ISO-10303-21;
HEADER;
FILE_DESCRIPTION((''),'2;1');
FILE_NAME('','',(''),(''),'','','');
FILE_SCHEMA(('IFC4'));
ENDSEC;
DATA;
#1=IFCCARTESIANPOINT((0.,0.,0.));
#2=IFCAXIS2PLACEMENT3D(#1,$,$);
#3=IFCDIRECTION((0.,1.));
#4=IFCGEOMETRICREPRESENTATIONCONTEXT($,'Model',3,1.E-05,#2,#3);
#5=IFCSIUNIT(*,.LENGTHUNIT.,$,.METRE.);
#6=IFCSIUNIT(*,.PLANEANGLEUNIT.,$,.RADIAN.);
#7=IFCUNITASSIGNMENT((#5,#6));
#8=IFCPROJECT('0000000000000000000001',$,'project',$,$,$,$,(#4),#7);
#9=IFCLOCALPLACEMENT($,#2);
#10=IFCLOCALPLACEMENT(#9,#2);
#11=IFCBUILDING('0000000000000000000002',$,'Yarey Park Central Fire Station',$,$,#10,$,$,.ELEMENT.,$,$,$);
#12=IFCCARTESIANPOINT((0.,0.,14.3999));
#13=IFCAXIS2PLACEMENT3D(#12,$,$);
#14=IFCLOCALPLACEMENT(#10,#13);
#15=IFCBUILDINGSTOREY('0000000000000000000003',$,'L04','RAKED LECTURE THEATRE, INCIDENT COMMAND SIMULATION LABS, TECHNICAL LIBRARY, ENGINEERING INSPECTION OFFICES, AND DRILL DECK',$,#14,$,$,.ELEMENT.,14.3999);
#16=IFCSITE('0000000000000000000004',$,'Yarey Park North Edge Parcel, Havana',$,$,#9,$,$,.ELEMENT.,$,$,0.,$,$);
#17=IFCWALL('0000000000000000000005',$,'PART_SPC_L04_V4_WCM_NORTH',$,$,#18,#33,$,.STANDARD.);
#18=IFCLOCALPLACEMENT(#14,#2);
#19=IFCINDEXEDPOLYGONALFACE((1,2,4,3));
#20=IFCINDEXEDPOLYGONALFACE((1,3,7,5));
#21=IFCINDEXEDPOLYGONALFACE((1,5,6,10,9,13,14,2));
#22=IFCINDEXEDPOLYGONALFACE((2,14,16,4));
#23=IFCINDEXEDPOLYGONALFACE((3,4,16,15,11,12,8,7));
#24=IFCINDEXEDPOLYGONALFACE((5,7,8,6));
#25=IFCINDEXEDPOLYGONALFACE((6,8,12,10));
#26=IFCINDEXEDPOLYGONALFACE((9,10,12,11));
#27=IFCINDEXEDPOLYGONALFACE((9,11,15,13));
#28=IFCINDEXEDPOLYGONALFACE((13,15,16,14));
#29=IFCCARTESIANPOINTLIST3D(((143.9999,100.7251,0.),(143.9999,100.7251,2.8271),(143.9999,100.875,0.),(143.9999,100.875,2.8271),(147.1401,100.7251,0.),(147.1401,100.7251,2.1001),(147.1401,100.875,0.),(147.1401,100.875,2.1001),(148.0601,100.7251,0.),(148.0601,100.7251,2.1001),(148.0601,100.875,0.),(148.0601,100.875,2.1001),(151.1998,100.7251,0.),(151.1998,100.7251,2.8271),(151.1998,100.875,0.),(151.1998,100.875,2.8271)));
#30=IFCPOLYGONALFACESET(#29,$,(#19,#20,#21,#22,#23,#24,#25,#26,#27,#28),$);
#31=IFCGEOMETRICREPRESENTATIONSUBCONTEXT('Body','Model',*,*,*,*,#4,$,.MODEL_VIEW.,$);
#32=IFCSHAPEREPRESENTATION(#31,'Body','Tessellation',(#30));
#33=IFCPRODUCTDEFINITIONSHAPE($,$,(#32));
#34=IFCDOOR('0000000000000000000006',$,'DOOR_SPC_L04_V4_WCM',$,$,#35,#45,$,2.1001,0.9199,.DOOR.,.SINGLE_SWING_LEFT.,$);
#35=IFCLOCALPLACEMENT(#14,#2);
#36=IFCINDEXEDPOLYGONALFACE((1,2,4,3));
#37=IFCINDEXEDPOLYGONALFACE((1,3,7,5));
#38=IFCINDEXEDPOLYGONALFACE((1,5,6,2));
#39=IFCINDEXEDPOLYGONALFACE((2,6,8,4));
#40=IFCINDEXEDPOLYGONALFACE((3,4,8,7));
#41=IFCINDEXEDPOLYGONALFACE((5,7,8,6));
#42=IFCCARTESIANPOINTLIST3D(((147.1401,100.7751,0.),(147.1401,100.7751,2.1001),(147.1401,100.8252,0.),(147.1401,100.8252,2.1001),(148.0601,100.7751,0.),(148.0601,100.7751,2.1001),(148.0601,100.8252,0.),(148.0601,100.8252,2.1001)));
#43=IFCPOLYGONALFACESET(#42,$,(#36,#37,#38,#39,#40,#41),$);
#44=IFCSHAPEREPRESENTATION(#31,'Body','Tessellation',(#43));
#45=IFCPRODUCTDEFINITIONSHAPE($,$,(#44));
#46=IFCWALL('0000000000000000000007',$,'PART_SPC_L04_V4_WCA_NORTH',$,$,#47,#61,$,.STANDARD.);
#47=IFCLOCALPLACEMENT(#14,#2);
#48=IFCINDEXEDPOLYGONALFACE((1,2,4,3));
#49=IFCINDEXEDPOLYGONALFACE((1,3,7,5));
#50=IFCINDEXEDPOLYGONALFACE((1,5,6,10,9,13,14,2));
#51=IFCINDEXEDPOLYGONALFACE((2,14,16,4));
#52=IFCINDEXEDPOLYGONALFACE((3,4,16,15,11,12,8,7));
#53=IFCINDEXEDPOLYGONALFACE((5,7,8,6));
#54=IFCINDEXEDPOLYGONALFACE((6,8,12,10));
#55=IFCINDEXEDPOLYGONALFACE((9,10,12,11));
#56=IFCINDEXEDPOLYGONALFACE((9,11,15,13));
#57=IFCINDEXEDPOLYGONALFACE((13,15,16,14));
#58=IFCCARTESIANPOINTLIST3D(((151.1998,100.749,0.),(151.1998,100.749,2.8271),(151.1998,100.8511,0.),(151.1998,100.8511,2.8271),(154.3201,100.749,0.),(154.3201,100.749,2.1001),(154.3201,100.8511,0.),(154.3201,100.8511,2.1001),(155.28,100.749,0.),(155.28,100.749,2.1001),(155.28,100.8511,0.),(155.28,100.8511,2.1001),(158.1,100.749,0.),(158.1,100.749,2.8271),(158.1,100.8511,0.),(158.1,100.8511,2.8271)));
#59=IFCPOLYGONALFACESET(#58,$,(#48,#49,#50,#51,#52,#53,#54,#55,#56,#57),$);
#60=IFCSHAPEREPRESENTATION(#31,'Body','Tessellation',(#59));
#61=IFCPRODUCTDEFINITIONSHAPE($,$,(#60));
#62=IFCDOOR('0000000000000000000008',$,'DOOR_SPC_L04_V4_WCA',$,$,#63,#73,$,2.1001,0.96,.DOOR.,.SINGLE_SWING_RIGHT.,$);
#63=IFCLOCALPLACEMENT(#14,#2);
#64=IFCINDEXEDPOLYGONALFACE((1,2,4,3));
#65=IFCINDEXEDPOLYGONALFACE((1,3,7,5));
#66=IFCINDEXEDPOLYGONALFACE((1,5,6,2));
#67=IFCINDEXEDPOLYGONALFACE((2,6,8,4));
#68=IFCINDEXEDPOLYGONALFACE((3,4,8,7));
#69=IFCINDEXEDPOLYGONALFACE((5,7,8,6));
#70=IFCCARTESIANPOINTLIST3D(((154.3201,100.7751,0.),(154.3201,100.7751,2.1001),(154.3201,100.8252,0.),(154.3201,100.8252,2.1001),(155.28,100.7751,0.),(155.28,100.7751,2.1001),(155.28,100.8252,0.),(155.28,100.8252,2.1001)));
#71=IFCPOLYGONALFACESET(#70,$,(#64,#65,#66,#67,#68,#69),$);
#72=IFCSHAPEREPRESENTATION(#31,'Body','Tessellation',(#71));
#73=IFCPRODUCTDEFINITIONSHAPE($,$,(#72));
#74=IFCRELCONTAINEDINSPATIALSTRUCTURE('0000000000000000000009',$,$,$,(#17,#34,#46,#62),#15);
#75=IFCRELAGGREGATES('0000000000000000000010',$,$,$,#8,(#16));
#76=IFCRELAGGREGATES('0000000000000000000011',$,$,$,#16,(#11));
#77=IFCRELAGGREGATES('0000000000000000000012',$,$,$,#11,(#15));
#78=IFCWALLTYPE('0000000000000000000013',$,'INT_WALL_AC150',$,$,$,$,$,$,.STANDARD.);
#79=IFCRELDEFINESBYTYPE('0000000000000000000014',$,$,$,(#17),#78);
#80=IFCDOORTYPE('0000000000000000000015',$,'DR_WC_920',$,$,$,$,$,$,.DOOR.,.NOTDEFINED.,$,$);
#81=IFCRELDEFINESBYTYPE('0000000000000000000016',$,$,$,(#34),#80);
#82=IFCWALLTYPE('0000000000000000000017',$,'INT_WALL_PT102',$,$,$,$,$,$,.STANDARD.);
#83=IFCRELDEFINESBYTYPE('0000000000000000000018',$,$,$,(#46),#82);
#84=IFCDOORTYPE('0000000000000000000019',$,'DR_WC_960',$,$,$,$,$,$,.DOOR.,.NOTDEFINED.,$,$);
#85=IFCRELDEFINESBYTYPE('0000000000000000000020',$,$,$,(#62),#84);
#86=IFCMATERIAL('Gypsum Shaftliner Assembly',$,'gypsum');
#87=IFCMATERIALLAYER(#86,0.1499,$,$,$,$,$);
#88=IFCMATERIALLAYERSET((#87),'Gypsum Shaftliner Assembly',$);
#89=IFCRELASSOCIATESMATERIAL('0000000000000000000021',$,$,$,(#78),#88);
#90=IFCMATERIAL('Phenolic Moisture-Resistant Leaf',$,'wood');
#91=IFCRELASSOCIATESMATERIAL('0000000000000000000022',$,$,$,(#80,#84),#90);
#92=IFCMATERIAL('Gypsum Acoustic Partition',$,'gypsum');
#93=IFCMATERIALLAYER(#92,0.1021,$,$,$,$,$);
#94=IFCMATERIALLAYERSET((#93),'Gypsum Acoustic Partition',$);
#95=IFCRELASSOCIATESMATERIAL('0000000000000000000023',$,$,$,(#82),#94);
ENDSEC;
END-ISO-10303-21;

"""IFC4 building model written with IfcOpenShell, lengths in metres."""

from ifc_helpers import new_model, si_unit, direction, frame, frame_2d, origin, place, context, subcontext, project, spatial, rectangle, extrude, material, layer, layer_set, type_object, element, fill, save


model = new_model("IFC4")

# Units and contexts
model_context = context("Model", 3, precision=1e-05, world=origin(), true_north=direction((0.0, 1.0)))
body_context = subcontext(model_context, "Body", "Model", "MODEL_VIEW")
ifc_project = project(units=[si_unit("LENGTHUNIT", "METRE"), si_unit("PLANEANGLEUNIT", "RADIAN")], contexts=[model_context])

# Site, building, storey
site_placement = place(None, origin())
site = spatial("IfcSite", under=ifc_project, at=site_placement, Name="Yarey Park North Edge Parcel, Havana", CompositionType="ELEMENT", RefElevation=0.0)
building_placement = place(site_placement, origin())
building = spatial("IfcBuilding", under=site, at=building_placement, Name="Yarey Park Central Fire Station", CompositionType="ELEMENT")
storey_placement = place(building_placement, frame((0.0, 0.0, 14.3999)))
storey = spatial("IfcBuildingStorey", under=building, at=storey_placement, Name="L04", Description="RAKED LECTURE THEATRE, INCIDENT COMMAND SIMULATION LABS, TECHNICAL LIBRARY, ENGINEERING INSPECTION OFFICES, AND DRILL DECK", CompositionType="ELEMENT", Elevation=14.3999)

# Walls, openings, doors
ifc_material_1 = material(Name="Gypsum Shaftliner Assembly", Category="gypsum")
ifc_layer_1 = layer(ifc_material_1, 0.1499)
ifc_layer_set_1 = layer_set([ifc_layer_1], Name="Gypsum Shaftliner Assembly")
wall_type_1 = type_object("IfcWallType", Name="INT_WALL_AC150", PredefinedType="STANDARD", material=ifc_layer_set_1)
wall_1_placement = place(storey_placement, frame((151.2, 100.8, 0.0), z_axis=(0.0, 0.0, 1.0), x_axis=(-1.0, 0.0, 0.0)))
wall_1 = element("IfcWall", 1, at=wall_1_placement, inside=storey, type_object=wall_type_1, Name="PART_SPC_L04_V4_WCM_NORTH", PredefinedType="STANDARD", context=body_context, shape_type="SweptSolid", body=[
    extrude(rectangle(XDim=7.2, YDim=0.1499, at=frame_2d((3.6001, 0.0))), origin(), (0.0, 0.0, 1.0), 2.8271),
])
opening_1_placement = place(wall_1_placement, frame((3.1399, 0.0, 0.0)))
opening_1 = element("IfcOpeningElement", 2, at=opening_1_placement, cuts=wall_1, PredefinedType="OPENING", context=body_context, shape_type="SweptSolid", body=[
    extrude(rectangle(XDim=0.9199, YDim=2.1001, at=frame_2d((0.46, 1.05))), frame((0.0, 0.085, 0.0), z_axis=(0.0, -1.0, 0.0), x_axis=(1.0, 0.0, 0.0)), (0.0, 0.0, 1.0), 0.1699),
])
ifc_material_2 = material(Name="Phenolic Moisture-Resistant Leaf", Category="wood")
door_type_1 = type_object("IfcDoorType", Name="DR_WC_920", OperationType="NOTDEFINED", PredefinedType="DOOR", material=ifc_material_2)
door_1_placement = place(opening_1_placement, origin())
door_1 = element("IfcDoor", 3, at=door_1_placement, inside=storey, type_object=door_type_1, Name="DOOR_SPC_L04_V4_WCM", OperationType="SINGLE_SWING_LEFT", OverallHeight=2.1001, OverallWidth=0.9199, PredefinedType="DOOR", context=body_context, shape_type="SweptSolid", body=[
    extrude(rectangle(XDim=0.9199, YDim=2.1001, at=frame_2d((0.46, 1.05))), frame((0.0, 0.0249, 0.0), z_axis=(0.0, -1.0, 0.0), x_axis=(1.0, 0.0, 0.0)), (0.0, 0.0, 1.0), 0.05),
])
fill(opening_1, door_1)
ifc_material_3 = material(Name="Gypsum Acoustic Partition", Category="gypsum")
ifc_layer_2 = layer(ifc_material_3, 0.1021)
ifc_layer_set_2 = layer_set([ifc_layer_2], Name="Gypsum Acoustic Partition")
wall_type_2 = type_object("IfcWallType", Name="INT_WALL_PT102", PredefinedType="STANDARD", material=ifc_layer_set_2)
wall_2_placement = place(storey_placement, frame((158.1001, 100.8, 0.0), z_axis=(0.0, 0.0, 1.0), x_axis=(-1.0, 0.0, 0.0)))
wall_2 = element("IfcWall", 4, at=wall_2_placement, inside=storey, type_object=wall_type_2, Name="PART_SPC_L04_V4_WCA_NORTH", PredefinedType="STANDARD", context=body_context, shape_type="SweptSolid", body=[
    extrude(rectangle(XDim=6.9001, YDim=0.1021, at=frame_2d((3.4502, 0.0))), origin(), (0.0, 0.0, 1.0), 2.8271),
])
opening_2_placement = place(wall_2_placement, frame((2.8201, 0.0, 0.0)))
opening_2 = element("IfcOpeningElement", 5, at=opening_2_placement, cuts=wall_2, PredefinedType="OPENING", context=body_context, shape_type="SweptSolid", body=[
    extrude(rectangle(XDim=0.96, YDim=2.1001, at=frame_2d((0.48, 1.05))), frame((0.0, 0.061, 0.0), z_axis=(0.0, -1.0, 0.0), x_axis=(1.0, 0.0, 0.0)), (0.0, 0.0, 1.0), 0.1221),
])
door_type_2 = type_object("IfcDoorType", Name="DR_WC_960", OperationType="NOTDEFINED", PredefinedType="DOOR", material=ifc_material_2)
door_2_placement = place(opening_2_placement, origin())
door_2 = element("IfcDoor", 6, at=door_2_placement, inside=storey, type_object=door_type_2, Name="DOOR_SPC_L04_V4_WCA", OperationType="SINGLE_SWING_RIGHT", OverallHeight=2.1001, OverallWidth=0.96, PredefinedType="DOOR", context=body_context, shape_type="SweptSolid", body=[
    extrude(rectangle(XDim=0.96, YDim=2.1001, at=frame_2d((0.48, 1.05))), frame((0.0, 0.0249, 0.0), z_axis=(0.0, -1.0, 0.0), x_axis=(1.0, 0.0, 0.0)), (0.0, 0.0, 1.0), 0.05),
])
fill(opening_2, door_2)

save(model, "model.ifc")
